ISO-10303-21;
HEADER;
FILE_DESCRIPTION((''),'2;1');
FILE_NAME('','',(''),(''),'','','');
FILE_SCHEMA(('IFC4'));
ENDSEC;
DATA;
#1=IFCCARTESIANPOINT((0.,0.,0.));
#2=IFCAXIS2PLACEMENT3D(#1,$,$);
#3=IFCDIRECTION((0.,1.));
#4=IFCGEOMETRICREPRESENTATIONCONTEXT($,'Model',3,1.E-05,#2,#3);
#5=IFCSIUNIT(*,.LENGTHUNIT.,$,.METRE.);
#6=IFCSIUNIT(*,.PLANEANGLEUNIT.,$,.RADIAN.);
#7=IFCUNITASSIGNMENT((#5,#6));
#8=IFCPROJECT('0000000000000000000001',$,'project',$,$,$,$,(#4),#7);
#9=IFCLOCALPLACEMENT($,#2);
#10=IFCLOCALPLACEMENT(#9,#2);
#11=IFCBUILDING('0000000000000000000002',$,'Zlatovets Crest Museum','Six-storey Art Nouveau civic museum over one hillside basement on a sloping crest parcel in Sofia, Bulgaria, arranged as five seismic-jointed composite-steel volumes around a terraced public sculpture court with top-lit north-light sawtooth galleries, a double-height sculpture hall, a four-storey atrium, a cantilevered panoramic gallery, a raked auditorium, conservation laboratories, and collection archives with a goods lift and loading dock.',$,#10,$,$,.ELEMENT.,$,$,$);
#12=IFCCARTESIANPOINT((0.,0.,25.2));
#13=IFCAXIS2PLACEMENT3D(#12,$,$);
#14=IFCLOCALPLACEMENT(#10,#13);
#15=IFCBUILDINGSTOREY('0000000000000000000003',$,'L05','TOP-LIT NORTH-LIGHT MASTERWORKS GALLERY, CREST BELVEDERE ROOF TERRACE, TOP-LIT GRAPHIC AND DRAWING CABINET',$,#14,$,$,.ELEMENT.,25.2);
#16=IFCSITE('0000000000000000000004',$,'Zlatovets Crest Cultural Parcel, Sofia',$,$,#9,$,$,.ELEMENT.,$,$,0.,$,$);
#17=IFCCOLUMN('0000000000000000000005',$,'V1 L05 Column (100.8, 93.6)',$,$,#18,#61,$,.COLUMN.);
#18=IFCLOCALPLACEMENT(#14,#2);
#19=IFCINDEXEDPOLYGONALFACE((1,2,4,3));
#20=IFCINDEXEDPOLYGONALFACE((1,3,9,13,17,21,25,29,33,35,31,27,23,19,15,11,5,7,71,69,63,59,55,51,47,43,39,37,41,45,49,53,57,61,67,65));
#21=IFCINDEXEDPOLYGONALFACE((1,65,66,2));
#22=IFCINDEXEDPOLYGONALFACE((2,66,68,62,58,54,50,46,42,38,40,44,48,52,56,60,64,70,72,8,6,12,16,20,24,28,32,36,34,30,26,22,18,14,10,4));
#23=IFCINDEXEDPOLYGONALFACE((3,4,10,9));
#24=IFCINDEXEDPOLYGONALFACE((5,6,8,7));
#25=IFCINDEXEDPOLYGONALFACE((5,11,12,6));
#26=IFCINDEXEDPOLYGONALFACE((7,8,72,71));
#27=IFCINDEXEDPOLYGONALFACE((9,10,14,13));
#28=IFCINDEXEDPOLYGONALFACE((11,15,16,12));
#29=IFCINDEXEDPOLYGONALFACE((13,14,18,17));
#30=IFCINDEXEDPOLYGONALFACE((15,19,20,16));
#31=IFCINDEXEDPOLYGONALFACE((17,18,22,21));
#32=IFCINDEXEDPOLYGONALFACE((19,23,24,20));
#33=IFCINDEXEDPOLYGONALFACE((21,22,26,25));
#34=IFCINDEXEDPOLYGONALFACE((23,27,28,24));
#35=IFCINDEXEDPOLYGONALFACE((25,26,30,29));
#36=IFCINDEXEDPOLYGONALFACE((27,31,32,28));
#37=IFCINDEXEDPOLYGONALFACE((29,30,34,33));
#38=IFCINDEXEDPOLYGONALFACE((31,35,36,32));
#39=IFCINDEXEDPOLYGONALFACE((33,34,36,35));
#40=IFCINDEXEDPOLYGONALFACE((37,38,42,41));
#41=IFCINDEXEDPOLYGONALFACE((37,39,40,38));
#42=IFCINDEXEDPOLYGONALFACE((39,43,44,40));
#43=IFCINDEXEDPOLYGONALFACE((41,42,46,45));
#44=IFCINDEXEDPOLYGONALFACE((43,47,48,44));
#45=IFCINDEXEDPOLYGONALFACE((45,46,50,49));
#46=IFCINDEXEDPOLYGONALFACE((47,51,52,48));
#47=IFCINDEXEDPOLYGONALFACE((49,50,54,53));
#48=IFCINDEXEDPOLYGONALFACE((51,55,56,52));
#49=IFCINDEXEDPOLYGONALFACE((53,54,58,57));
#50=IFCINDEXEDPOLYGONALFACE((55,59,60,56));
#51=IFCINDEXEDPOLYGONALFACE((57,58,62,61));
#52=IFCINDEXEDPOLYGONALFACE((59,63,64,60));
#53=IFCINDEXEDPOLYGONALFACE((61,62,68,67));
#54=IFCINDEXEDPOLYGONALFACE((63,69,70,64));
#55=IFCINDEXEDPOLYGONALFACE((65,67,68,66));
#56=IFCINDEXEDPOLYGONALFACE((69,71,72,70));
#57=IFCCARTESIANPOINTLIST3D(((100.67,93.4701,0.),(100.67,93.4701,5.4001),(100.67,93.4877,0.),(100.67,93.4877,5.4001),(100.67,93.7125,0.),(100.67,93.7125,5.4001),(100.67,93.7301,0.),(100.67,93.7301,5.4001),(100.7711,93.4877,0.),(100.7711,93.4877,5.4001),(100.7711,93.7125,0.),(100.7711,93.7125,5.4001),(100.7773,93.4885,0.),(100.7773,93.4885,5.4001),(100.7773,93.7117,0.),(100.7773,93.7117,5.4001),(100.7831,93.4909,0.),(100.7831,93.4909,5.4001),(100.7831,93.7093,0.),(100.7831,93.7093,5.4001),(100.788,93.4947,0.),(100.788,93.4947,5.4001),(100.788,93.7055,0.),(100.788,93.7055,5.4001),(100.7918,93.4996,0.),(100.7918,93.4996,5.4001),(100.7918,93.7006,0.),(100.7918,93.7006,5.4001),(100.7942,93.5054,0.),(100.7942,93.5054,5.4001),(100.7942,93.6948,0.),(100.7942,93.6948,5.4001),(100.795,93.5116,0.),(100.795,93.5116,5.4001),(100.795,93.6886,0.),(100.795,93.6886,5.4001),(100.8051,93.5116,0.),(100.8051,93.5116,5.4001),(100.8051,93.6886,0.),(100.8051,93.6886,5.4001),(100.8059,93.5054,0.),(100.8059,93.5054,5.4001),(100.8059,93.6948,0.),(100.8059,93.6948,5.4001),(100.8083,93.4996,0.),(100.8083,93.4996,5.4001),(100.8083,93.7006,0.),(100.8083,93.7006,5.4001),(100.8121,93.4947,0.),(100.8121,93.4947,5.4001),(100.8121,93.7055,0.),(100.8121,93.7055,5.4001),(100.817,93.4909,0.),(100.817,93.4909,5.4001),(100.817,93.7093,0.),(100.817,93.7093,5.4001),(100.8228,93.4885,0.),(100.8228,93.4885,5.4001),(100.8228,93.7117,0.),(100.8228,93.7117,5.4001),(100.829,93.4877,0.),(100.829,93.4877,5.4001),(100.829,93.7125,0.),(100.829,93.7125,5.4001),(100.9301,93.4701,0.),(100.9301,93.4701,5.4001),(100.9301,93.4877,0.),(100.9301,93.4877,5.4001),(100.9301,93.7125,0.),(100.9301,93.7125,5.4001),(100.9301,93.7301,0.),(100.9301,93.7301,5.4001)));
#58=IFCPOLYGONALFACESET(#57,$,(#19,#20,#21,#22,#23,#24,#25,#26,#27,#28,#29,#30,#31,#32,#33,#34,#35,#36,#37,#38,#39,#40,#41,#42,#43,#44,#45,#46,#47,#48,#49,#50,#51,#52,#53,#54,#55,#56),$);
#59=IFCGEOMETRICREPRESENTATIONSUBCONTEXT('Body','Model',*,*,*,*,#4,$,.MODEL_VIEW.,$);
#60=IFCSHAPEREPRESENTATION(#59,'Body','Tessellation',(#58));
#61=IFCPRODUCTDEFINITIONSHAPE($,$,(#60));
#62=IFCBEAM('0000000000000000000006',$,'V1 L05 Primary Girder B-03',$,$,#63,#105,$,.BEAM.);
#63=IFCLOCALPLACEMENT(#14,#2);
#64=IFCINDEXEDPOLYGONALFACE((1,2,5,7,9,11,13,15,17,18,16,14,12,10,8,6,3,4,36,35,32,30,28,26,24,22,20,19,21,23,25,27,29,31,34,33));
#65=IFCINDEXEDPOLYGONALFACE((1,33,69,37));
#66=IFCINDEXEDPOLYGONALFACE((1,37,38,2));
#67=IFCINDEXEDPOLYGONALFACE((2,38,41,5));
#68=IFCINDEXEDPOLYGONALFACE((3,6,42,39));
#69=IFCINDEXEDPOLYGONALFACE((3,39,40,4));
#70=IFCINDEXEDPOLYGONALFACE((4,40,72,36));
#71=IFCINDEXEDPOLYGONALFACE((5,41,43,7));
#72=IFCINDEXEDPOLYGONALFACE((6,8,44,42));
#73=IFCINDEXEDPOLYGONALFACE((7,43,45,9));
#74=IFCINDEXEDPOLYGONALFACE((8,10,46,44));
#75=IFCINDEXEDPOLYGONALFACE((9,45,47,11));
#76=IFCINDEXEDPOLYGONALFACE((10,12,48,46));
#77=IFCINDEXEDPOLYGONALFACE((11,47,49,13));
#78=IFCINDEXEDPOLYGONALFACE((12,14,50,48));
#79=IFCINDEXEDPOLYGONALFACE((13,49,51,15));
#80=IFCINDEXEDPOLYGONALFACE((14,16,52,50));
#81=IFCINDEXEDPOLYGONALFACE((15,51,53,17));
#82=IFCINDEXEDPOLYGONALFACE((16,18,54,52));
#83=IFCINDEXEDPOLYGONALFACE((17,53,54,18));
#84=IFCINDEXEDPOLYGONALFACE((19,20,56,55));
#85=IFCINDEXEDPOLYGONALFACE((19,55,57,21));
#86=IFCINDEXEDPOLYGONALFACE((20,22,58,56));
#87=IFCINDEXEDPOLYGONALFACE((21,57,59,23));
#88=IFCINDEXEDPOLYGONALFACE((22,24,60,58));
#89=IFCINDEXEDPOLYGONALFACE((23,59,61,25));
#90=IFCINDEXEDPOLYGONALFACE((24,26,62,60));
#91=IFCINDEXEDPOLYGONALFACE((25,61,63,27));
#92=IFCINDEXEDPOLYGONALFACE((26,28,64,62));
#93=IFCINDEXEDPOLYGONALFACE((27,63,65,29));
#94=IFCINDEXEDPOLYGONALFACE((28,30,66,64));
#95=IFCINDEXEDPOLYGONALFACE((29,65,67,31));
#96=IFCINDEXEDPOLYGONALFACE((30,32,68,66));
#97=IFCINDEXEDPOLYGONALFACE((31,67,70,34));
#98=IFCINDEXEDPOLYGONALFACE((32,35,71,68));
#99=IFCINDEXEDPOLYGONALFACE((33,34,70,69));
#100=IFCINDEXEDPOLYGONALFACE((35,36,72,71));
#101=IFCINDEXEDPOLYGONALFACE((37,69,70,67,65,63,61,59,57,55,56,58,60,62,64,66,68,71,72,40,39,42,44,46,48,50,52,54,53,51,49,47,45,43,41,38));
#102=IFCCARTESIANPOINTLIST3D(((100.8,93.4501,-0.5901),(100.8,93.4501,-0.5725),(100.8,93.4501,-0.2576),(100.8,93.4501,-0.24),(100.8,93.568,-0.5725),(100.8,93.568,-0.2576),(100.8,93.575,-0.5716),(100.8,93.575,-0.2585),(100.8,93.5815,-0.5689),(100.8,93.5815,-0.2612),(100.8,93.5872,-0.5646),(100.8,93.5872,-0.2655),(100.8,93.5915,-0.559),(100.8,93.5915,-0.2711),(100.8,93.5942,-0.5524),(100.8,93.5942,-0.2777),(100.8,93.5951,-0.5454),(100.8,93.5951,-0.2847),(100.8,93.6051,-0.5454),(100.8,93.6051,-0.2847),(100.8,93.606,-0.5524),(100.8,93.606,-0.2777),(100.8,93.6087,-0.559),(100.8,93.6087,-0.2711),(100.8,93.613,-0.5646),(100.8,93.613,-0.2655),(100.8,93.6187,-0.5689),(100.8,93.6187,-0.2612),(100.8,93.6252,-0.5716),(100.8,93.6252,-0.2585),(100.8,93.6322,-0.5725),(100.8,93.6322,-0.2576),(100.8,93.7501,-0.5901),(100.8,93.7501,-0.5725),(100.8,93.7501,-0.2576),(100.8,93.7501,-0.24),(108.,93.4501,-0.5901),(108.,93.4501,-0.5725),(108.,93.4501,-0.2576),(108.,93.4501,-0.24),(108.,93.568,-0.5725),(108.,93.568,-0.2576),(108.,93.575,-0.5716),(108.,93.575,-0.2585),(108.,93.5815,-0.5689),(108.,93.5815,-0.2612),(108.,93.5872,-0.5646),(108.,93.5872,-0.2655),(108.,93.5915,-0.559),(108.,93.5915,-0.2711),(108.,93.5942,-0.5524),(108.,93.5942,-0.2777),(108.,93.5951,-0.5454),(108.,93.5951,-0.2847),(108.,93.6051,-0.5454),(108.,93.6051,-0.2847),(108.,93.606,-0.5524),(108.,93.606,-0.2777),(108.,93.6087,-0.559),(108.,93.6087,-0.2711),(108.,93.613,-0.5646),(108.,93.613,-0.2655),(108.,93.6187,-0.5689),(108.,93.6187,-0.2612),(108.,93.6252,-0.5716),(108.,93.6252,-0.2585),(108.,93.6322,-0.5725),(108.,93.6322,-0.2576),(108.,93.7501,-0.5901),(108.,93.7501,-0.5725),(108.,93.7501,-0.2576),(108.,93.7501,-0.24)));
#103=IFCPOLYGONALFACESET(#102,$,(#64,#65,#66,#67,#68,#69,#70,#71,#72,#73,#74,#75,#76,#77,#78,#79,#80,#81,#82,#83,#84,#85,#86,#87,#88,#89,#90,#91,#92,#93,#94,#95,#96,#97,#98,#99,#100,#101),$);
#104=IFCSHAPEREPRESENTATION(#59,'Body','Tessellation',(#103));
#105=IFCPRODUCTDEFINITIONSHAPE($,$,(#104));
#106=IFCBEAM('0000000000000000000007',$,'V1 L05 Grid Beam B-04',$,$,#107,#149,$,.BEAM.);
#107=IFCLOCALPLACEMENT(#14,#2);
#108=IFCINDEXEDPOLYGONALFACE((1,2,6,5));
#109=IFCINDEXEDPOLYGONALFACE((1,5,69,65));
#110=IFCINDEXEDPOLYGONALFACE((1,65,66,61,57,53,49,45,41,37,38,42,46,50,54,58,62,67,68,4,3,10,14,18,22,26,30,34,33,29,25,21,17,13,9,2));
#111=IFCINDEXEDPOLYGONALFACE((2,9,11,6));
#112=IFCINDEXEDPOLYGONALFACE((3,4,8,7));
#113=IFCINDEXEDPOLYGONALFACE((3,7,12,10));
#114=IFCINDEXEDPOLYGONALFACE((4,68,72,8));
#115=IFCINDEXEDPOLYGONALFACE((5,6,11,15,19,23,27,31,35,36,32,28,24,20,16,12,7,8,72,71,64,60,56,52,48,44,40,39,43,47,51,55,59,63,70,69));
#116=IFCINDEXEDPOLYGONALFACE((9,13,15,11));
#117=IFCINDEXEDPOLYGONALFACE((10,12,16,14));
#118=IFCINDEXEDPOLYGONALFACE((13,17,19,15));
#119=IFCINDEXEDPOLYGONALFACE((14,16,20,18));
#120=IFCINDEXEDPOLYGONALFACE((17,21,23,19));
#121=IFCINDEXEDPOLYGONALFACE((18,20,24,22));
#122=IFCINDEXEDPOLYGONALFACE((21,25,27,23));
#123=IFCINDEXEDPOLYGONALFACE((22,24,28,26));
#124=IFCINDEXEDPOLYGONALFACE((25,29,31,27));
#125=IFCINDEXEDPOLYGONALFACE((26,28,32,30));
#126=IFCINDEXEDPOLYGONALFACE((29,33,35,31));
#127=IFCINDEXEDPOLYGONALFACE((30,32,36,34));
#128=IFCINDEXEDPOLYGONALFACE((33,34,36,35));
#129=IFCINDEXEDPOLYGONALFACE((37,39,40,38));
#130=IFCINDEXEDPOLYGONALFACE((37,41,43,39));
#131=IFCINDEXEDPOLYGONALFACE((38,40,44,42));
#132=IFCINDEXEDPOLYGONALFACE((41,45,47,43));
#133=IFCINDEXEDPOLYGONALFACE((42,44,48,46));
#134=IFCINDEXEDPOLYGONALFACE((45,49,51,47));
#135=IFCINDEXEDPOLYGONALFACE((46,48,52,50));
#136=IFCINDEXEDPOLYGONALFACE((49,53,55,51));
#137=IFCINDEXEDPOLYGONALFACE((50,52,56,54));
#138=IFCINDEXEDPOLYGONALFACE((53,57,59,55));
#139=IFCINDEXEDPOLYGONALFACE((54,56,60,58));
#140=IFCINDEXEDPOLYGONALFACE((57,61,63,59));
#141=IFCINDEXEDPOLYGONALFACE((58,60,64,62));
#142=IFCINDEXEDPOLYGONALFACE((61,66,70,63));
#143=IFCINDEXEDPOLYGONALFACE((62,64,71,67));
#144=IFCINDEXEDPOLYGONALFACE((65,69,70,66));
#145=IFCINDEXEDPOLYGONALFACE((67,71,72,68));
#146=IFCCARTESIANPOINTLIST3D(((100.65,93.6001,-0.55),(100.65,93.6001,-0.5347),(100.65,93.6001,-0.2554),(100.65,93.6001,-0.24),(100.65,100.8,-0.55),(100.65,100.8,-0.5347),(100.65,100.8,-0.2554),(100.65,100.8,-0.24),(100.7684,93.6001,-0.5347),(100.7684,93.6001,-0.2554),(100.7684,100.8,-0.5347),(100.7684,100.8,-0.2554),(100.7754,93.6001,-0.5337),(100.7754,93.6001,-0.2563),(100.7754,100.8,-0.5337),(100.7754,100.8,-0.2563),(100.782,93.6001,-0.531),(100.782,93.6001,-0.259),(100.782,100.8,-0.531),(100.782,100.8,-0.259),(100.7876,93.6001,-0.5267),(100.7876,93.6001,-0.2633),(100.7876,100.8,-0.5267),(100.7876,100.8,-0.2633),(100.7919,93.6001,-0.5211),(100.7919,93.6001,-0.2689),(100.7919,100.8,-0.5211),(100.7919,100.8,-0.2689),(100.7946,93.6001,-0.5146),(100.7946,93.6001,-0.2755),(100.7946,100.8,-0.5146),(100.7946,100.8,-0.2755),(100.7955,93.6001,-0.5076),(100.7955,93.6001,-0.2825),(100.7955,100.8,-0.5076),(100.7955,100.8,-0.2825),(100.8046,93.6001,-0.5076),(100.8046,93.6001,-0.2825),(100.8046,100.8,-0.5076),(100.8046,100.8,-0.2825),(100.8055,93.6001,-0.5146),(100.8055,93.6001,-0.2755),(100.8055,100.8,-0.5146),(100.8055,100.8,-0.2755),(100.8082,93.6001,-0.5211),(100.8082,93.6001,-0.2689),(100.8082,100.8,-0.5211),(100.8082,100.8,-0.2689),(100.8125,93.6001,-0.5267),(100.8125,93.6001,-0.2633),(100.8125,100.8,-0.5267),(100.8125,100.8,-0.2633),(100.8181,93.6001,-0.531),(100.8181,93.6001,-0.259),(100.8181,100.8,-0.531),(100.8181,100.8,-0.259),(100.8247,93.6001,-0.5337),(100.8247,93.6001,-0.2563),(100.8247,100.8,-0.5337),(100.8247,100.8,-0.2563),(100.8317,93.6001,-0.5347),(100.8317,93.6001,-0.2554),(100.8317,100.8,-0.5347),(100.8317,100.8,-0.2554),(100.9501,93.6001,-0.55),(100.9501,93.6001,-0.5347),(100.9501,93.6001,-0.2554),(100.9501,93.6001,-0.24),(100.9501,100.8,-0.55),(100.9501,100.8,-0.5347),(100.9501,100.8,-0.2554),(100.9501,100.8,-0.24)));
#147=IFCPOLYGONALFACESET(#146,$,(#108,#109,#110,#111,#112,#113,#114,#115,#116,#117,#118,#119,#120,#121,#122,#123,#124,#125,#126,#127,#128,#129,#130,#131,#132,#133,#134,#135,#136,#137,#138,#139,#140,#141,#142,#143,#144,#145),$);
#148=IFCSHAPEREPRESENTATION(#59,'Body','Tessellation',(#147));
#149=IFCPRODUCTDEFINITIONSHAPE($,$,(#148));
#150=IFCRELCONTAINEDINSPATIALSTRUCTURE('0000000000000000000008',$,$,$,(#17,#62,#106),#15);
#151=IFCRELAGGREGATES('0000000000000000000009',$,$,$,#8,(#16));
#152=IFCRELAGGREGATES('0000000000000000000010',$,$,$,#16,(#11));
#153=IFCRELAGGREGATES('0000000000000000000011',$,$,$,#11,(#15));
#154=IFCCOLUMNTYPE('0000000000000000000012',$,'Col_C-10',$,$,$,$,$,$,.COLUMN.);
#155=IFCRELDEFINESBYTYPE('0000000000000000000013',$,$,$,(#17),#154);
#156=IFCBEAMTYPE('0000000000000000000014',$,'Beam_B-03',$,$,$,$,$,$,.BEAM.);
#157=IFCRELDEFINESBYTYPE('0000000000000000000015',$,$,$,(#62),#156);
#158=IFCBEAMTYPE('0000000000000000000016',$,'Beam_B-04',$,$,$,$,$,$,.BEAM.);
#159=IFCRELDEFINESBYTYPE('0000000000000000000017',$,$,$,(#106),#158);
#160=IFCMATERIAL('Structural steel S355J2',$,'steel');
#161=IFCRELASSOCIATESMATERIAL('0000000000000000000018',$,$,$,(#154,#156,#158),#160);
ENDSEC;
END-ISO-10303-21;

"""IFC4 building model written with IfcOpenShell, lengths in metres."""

from ifc_helpers import new_model, si_unit, direction, frame, origin, origin_2d, place, context, subcontext, project, spatial, i_section, extrude, material, material_profile, profile_set, type_object, element, save


model = new_model("IFC4")

# Units and contexts
model_context = context("Model", 3, precision=1e-05, world=origin(), true_north=direction((0.0, 1.0)))
body_context = subcontext(model_context, "Body", "Model", "MODEL_VIEW")
ifc_project = project(units=[si_unit("LENGTHUNIT", "METRE"), si_unit("PLANEANGLEUNIT", "RADIAN")], contexts=[model_context])

# Site, building, storey
site_placement = place(None, origin())
site = spatial("IfcSite", under=ifc_project, at=site_placement, Name="Zlatovets Crest Cultural Parcel, Sofia", CompositionType="ELEMENT", RefElevation=0.0)
building_placement = place(site_placement, origin())
building = spatial("IfcBuilding", under=site, at=building_placement, Name="Zlatovets Crest Museum", Description="Six-storey Art Nouveau civic museum over one hillside basement on a sloping crest parcel in Sofia, Bulgaria, arranged as five seismic-jointed composite-steel volumes around a terraced public sculpture court with top-lit north-light sawtooth galleries, a double-height sculpture hall, a four-storey atrium, a cantilevered panoramic gallery, a raked auditorium, conservation laboratories, and collection archives with a goods lift and loading dock.", CompositionType="ELEMENT")
storey_placement = place(building_placement, frame((0.0, 0.0, 25.2)))
storey = spatial("IfcBuildingStorey", under=building, at=storey_placement, Name="L05", Description="TOP-LIT NORTH-LIGHT MASTERWORKS GALLERY, CREST BELVEDERE ROOF TERRACE, TOP-LIT GRAPHIC AND DRAWING CABINET", CompositionType="ELEMENT", Elevation=25.2)

# Column
ifc_material_1 = material(Name="Structural steel S355J2", Category="steel")
ifc_material_profile_1 = material_profile(ifc_material_1, i_section(OverallWidth=0.26, OverallDepth=0.26, WebThickness=0.01, FlangeThickness=0.0176, FilletRadius=0.0239, at=origin_2d()), Name="HEB 260")
ifc_profile_set_1 = profile_set([ifc_material_profile_1], Name="Structural steel S355J2")
column_type = type_object("IfcColumnType", Name="Col_C-10", PredefinedType="COLUMN", material=ifc_profile_set_1)
column_placement = place(storey_placement, frame((100.8, 93.6001, 0.0), z_axis=(0.0, 0.0, 1.0), x_axis=(1.0, 0.0, 0.0)))
element("IfcColumn", 1, at=column_placement, inside=storey, type_object=column_type, Name="V1 L05 Column (100.8, 93.6)", PredefinedType="COLUMN", context=body_context, shape_type="SweptSolid", body=[
    extrude(i_section(OverallWidth=0.26, OverallDepth=0.26, WebThickness=0.01, FlangeThickness=0.0176, FilletRadius=0.0239, at=origin_2d()), origin(), (0.0, 0.0, 1.0), 5.4001),
])

# Beams
ifc_material_profile_2 = material_profile(ifc_material_1, i_section(OverallWidth=0.3, OverallDepth=0.3501, WebThickness=0.01, FlangeThickness=0.0176, FilletRadius=0.0271, at=origin_2d()), Name="HEA 360")
ifc_profile_set_2 = profile_set([ifc_material_profile_2], Name="Structural steel S355J2")
beam_type_1 = type_object("IfcBeamType", Name="Beam_B-03", PredefinedType="BEAM", material=ifc_profile_set_2)
beam_1_placement = place(storey_placement, frame((100.8, 93.6001, -0.415), z_axis=(1.0, 0.0, 0.0), x_axis=(0.0, 1.0, 0.0)))
element("IfcBeam", 2, at=beam_1_placement, inside=storey, type_object=beam_type_1, Name="V1 L05 Primary Girder B-03", PredefinedType="BEAM", context=body_context, shape_type="SweptSolid", body=[
    extrude(i_section(OverallWidth=0.3, OverallDepth=0.3501, WebThickness=0.01, FlangeThickness=0.0176, FilletRadius=0.0271, at=origin_2d()), origin(), (0.0, 0.0, 1.0), 7.2),
])
ifc_material_profile_3 = material_profile(ifc_material_1, i_section(OverallWidth=0.3, OverallDepth=0.3101, WebThickness=0.009, FlangeThickness=0.0154, FilletRadius=0.0271, at=origin_2d()), Name="HEA 320")
ifc_profile_set_3 = profile_set([ifc_material_profile_3], Name="Structural steel S355J2")
beam_type_2 = type_object("IfcBeamType", Name="Beam_B-04", PredefinedType="BEAM", material=ifc_profile_set_3)
beam_2_placement = place(storey_placement, frame((100.8, 93.6001, -0.395), z_axis=(0.0, 1.0, 0.0), x_axis=(-1.0, 0.0, 0.0)))
element("IfcBeam", 3, at=beam_2_placement, inside=storey, type_object=beam_type_2, Name="V1 L05 Grid Beam B-04", PredefinedType="BEAM", context=body_context, shape_type="SweptSolid", body=[
    extrude(i_section(OverallWidth=0.3, OverallDepth=0.3101, WebThickness=0.009, FlangeThickness=0.0154, FilletRadius=0.0271, at=origin_2d()), origin(), (0.0, 0.0, 1.0), 7.2),
])

save(model, "model.ifc")
